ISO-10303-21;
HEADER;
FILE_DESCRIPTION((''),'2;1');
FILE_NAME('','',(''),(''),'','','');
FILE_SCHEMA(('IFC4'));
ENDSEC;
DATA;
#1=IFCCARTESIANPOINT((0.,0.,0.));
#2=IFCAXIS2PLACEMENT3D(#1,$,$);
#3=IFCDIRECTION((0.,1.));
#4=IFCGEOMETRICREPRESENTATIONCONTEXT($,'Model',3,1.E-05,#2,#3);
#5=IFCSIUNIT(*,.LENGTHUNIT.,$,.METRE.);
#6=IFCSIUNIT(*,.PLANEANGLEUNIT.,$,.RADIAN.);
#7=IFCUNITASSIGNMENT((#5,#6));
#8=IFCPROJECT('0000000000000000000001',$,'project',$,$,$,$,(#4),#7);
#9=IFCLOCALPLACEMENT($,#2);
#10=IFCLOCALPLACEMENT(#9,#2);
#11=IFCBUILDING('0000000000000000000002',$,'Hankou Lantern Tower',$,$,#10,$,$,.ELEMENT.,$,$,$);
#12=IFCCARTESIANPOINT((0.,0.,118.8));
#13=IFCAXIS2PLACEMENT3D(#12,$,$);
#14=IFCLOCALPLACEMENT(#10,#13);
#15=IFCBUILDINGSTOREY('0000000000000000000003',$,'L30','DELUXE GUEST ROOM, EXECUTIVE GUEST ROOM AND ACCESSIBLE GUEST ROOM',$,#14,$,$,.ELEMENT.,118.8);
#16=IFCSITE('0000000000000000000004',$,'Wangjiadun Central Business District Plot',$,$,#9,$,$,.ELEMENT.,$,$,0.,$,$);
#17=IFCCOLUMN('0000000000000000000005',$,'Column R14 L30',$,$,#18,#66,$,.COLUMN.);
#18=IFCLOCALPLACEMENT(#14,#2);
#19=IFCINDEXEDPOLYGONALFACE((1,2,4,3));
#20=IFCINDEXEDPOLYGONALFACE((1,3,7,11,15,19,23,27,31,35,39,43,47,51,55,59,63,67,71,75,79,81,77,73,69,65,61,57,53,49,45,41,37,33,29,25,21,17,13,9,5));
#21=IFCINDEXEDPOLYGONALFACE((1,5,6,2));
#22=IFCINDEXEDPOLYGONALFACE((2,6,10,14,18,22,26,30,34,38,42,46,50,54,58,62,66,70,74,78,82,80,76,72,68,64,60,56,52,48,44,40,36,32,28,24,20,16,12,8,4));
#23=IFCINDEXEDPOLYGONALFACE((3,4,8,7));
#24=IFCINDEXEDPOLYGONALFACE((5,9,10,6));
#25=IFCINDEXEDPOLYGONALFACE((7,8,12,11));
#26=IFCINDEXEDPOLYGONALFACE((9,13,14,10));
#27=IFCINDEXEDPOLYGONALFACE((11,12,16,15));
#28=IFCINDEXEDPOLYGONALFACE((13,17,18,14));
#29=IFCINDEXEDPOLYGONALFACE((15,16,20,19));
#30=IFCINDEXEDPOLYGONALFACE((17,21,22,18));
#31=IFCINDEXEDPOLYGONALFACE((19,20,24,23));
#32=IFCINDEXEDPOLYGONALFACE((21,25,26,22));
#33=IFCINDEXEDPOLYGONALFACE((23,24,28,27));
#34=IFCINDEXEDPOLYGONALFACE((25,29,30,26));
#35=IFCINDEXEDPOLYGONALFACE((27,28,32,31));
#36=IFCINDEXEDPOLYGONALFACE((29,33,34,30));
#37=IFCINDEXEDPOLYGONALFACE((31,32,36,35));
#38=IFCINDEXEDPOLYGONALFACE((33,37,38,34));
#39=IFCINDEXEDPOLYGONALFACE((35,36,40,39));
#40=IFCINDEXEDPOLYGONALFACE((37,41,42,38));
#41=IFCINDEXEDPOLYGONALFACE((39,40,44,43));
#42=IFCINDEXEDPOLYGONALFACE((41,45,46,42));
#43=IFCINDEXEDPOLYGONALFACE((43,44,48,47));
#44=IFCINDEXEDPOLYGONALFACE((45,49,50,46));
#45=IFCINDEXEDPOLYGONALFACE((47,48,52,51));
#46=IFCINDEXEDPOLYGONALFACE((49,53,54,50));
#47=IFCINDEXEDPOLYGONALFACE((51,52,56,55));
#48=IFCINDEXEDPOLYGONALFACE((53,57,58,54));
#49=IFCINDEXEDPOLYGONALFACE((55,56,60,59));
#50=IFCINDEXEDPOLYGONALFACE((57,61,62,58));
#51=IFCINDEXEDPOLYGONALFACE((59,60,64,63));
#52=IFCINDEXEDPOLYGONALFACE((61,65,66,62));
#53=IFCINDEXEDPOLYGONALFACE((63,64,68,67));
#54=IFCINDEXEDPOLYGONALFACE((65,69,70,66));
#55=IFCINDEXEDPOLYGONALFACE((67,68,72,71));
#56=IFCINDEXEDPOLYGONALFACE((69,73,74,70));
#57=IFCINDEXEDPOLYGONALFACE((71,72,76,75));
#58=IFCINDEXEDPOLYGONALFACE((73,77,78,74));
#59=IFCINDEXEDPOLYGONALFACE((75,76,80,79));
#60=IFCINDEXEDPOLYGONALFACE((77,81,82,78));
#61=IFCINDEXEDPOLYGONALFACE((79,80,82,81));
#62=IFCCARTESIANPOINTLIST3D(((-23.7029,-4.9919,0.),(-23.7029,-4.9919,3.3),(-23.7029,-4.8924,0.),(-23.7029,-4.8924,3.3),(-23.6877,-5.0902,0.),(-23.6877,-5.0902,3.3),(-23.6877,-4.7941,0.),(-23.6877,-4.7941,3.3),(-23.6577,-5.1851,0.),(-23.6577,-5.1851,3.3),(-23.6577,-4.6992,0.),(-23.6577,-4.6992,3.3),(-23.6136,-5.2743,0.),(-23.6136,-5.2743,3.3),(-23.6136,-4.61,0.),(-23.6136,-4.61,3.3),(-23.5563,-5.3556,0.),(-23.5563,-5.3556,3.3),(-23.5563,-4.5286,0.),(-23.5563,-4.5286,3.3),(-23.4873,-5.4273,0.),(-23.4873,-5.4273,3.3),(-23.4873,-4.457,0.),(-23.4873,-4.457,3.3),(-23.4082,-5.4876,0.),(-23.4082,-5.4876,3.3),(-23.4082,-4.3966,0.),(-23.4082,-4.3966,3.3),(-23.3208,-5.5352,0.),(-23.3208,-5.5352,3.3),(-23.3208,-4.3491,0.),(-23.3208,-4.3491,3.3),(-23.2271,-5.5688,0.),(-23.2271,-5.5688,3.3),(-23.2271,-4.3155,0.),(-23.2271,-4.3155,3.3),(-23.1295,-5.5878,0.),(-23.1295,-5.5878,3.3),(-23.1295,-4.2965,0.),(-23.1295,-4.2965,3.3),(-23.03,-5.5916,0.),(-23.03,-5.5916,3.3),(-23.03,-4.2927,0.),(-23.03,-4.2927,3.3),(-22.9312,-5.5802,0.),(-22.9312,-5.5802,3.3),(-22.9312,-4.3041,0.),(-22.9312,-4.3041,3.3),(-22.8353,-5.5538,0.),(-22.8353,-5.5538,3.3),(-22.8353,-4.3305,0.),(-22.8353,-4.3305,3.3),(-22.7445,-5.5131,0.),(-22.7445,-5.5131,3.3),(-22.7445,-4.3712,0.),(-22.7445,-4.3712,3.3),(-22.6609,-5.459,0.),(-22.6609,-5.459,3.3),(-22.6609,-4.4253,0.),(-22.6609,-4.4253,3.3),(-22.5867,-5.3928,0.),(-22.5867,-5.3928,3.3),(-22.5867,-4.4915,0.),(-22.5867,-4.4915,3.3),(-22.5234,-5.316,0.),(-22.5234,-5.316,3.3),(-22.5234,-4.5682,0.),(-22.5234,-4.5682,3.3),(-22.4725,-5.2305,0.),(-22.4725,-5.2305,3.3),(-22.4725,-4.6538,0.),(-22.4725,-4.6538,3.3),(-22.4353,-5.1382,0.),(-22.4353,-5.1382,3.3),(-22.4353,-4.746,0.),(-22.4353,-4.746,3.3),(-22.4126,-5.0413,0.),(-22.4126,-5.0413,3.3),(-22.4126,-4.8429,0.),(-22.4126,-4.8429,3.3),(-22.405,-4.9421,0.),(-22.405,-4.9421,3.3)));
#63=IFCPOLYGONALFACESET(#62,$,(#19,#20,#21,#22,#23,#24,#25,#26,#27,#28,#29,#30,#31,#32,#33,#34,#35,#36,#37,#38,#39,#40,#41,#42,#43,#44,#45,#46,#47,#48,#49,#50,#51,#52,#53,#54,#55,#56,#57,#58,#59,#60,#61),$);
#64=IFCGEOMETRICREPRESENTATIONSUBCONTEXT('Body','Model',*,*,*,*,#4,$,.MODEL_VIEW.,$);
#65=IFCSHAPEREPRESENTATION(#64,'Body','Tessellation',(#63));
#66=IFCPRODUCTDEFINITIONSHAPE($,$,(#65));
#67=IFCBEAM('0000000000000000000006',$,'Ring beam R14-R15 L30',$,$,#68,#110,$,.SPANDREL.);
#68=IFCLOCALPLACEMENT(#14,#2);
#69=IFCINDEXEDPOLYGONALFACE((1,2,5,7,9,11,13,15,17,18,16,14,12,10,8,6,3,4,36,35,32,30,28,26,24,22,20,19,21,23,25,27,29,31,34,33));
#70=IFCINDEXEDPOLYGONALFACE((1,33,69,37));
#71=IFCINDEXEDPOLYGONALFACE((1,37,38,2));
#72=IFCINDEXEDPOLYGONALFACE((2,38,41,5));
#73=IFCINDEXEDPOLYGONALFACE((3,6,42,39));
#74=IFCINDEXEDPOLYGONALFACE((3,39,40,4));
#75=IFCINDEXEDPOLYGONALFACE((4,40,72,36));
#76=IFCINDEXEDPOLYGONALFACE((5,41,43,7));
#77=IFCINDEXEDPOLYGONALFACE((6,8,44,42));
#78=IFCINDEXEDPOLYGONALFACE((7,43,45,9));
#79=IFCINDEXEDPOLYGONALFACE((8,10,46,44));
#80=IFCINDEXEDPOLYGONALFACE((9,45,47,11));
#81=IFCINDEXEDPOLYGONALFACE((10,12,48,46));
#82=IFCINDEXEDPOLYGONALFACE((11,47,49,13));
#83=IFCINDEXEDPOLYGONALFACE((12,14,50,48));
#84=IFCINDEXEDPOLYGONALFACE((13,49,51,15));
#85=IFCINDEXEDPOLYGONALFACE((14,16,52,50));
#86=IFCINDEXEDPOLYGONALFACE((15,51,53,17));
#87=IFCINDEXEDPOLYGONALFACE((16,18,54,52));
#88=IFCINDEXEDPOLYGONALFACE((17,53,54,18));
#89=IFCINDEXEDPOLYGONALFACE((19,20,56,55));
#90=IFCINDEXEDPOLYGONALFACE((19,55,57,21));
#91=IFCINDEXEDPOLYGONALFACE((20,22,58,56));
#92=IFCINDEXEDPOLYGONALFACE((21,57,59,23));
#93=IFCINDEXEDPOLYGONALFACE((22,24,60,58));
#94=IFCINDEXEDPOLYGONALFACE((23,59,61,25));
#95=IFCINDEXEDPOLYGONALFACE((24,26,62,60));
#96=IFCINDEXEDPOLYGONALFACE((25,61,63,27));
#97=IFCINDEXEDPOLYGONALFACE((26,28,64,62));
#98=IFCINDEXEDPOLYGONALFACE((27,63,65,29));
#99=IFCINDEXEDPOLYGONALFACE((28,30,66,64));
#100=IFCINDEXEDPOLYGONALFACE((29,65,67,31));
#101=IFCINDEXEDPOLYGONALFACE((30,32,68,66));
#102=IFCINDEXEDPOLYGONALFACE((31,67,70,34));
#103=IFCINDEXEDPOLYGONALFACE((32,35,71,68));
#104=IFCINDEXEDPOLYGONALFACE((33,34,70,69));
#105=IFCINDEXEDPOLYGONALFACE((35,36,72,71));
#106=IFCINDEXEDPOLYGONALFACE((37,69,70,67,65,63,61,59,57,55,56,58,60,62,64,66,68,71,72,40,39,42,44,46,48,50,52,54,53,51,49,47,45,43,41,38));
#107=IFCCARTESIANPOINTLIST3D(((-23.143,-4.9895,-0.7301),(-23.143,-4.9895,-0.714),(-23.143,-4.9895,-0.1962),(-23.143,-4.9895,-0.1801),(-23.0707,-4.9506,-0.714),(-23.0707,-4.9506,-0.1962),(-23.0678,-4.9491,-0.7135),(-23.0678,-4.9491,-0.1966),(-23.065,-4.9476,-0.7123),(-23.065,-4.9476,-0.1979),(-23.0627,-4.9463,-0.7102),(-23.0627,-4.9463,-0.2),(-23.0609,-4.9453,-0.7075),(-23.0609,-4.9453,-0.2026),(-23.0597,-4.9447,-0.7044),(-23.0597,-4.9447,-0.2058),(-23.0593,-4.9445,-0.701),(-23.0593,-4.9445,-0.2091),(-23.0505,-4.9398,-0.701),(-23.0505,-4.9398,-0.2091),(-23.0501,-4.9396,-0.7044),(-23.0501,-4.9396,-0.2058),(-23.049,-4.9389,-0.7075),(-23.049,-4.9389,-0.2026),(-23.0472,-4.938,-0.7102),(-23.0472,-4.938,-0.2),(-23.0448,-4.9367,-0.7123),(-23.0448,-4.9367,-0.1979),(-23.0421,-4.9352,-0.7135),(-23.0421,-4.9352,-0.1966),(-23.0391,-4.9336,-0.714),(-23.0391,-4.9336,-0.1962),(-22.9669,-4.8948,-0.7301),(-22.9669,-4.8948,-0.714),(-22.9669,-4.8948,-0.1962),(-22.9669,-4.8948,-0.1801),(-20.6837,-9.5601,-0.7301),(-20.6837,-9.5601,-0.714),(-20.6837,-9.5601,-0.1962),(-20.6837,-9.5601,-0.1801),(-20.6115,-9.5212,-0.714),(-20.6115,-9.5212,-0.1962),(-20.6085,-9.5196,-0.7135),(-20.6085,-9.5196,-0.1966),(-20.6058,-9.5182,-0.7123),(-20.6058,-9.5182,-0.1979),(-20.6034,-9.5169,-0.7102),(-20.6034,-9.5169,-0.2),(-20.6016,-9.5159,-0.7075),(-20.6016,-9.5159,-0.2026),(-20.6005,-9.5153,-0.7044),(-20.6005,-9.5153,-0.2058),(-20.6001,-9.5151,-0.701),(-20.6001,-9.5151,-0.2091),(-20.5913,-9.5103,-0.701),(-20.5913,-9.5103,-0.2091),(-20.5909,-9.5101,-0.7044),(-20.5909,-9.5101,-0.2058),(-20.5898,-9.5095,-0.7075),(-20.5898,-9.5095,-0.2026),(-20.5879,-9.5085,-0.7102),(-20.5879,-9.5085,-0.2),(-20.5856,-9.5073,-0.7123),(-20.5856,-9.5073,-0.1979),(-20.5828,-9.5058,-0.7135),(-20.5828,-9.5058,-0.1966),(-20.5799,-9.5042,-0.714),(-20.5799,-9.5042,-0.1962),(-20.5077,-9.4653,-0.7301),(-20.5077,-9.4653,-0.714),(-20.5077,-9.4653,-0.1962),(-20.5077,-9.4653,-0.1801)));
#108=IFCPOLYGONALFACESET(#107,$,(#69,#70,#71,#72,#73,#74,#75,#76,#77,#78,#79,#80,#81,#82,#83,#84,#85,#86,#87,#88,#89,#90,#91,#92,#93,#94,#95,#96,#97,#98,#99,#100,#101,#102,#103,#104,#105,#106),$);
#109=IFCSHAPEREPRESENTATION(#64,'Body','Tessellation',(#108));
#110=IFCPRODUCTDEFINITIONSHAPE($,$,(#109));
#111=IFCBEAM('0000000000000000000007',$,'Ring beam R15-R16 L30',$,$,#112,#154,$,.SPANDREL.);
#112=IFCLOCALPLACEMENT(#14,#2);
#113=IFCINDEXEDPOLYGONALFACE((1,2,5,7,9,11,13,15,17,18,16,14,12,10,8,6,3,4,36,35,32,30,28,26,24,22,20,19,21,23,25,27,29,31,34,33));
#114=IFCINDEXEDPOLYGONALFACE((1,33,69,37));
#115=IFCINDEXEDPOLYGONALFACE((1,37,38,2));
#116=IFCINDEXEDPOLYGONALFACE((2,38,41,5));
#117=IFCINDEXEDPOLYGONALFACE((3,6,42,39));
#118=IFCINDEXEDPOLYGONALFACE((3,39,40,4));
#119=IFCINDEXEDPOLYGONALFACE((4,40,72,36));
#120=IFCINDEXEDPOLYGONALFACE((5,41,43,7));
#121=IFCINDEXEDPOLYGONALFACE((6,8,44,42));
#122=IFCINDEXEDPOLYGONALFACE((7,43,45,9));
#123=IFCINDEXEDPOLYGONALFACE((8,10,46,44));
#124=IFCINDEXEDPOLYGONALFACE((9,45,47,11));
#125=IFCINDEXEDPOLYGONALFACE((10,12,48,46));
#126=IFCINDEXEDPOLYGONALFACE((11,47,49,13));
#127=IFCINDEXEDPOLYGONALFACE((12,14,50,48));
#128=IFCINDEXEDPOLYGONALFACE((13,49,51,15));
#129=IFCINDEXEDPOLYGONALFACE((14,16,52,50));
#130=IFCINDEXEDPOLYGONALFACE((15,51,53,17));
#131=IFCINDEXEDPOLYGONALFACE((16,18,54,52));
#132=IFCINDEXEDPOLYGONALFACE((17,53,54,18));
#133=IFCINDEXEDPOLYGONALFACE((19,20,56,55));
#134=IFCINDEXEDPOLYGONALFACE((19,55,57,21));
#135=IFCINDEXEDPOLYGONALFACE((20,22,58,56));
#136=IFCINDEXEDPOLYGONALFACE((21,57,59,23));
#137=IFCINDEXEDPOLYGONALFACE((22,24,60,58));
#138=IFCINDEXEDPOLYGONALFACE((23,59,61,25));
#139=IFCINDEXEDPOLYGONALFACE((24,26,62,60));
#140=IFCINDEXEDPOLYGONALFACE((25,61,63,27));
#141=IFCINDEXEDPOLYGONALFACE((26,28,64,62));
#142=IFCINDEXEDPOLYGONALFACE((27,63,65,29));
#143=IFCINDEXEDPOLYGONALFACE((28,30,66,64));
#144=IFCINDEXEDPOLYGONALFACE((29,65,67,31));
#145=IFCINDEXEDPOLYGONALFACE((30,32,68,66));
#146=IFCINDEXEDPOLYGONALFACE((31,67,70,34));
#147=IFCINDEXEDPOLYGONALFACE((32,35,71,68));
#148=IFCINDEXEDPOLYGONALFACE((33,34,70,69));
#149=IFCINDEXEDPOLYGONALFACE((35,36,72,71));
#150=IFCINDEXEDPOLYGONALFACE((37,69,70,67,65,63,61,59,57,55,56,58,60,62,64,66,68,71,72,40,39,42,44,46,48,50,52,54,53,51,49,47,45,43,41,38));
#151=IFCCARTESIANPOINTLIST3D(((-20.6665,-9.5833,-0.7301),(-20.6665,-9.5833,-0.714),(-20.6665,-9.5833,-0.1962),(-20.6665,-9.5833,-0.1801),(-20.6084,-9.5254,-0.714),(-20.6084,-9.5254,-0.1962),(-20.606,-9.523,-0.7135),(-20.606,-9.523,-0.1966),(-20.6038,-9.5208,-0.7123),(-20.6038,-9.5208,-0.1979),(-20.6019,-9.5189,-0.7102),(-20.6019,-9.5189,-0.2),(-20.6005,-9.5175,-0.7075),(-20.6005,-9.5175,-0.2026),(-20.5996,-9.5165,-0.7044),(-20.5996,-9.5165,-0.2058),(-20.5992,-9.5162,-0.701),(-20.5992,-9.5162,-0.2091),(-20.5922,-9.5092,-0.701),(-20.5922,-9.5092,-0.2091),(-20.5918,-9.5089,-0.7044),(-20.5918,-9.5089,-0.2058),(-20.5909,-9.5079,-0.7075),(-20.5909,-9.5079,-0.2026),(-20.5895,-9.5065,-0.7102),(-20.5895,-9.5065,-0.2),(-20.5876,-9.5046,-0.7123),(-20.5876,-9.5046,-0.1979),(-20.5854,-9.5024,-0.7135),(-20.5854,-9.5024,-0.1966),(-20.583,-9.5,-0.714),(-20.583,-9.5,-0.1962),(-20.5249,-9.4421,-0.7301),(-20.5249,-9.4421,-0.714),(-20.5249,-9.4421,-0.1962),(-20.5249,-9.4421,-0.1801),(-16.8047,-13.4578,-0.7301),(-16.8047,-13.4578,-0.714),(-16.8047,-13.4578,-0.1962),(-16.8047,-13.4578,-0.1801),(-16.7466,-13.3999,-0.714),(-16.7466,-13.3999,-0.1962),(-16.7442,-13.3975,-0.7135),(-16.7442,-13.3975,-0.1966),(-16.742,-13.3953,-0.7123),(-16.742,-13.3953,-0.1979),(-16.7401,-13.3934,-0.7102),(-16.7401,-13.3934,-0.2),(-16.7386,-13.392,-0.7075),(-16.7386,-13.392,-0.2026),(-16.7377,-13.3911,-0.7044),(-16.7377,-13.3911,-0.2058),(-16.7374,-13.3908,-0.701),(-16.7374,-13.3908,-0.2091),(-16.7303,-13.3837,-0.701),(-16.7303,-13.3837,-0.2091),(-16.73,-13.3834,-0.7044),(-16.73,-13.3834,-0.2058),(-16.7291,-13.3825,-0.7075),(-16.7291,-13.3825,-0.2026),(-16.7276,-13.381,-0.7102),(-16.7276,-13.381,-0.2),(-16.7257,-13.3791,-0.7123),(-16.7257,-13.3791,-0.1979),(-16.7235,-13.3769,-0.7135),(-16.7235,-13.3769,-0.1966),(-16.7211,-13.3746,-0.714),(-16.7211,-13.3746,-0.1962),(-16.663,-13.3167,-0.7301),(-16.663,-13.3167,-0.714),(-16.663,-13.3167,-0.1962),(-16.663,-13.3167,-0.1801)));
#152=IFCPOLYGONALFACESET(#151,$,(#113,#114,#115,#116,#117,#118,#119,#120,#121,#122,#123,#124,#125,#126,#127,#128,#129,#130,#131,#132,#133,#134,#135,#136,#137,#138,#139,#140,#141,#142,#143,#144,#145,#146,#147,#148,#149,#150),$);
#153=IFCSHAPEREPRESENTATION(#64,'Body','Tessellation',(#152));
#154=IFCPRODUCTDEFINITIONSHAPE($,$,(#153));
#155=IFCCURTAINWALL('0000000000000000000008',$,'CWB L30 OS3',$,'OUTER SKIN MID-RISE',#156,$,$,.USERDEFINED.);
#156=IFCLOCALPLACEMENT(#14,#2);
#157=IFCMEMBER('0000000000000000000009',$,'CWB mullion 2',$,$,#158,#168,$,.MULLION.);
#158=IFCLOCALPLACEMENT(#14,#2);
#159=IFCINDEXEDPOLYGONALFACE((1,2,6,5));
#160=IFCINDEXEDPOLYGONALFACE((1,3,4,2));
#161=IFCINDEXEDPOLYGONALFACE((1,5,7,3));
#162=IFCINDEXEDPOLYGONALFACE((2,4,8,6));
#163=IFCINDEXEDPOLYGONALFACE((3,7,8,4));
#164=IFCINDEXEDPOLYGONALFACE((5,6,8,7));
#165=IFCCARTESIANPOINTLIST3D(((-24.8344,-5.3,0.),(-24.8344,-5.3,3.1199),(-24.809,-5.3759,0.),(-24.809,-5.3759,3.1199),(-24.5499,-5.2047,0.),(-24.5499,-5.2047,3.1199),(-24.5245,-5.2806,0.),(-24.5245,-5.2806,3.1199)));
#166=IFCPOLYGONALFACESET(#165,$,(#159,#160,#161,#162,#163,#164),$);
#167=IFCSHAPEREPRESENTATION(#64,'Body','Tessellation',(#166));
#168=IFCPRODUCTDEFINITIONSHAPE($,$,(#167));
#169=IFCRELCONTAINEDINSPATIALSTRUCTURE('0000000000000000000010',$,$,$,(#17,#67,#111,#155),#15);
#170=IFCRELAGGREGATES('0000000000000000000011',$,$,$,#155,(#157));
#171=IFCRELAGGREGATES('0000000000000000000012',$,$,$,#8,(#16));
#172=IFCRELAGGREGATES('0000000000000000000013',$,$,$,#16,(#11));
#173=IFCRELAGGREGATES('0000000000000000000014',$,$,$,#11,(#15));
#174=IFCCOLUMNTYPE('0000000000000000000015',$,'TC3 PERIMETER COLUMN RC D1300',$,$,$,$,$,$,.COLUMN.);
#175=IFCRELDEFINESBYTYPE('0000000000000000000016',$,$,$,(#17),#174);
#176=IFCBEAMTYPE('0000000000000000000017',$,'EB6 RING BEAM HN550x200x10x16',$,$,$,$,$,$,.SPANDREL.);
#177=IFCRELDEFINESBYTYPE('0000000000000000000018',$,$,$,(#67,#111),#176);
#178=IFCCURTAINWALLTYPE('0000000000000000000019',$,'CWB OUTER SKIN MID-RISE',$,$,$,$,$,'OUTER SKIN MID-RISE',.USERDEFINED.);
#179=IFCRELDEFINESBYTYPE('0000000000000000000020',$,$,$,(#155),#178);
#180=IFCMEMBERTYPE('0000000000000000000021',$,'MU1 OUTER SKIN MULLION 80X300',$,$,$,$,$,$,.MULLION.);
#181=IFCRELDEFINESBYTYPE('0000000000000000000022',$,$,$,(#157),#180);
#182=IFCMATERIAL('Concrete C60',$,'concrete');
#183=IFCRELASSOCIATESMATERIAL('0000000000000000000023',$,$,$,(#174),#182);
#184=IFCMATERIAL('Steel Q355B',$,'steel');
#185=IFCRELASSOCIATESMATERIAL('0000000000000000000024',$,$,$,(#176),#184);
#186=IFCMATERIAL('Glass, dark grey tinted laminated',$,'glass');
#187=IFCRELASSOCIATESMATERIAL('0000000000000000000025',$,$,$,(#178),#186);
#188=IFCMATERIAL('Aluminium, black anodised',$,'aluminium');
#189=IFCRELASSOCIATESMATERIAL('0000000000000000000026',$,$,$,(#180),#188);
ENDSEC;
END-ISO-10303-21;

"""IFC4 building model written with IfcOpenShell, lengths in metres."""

from ifc_helpers import new_model, si_unit, direction, frame, origin, origin_2d, place, context, subcontext, project, spatial, rectangle, circle, i_section, extrude, material, material_profile, profile_set, type_object, element, aggregate, save


model = new_model("IFC4")

# Units and contexts
model_context = context("Model", 3, precision=1e-05, world=origin(), true_north=direction((0.0, 1.0)))
body_context = subcontext(model_context, "Body", "Model", "MODEL_VIEW")
ifc_project = project(units=[si_unit("LENGTHUNIT", "METRE"), si_unit("PLANEANGLEUNIT", "RADIAN")], contexts=[model_context])

# Site, building, storey
site_placement = place(None, origin())
site = spatial("IfcSite", under=ifc_project, at=site_placement, Name="Wangjiadun Central Business District Plot", CompositionType="ELEMENT", RefElevation=0.0)
building_placement = place(site_placement, origin())
building = spatial("IfcBuilding", under=site, at=building_placement, Name="Hankou Lantern Tower", CompositionType="ELEMENT")
storey_placement = place(building_placement, frame((0.0, 0.0, 118.8)))
storey = spatial("IfcBuildingStorey", under=building, at=storey_placement, Name="L30", Description="DELUXE GUEST ROOM, EXECUTIVE GUEST ROOM AND ACCESSIBLE GUEST ROOM", CompositionType="ELEMENT", Elevation=118.8)

# Column
ifc_material_1 = material(Name="Concrete C60", Category="concrete")
ifc_material_profile_1 = material_profile(ifc_material_1, circle(Radius=0.6499, at=origin_2d()), Name="RC D1300")
ifc_profile_set_1 = profile_set([ifc_material_profile_1], Name="Concrete C60")
column_type = type_object("IfcColumnType", Name="TC3 PERIMETER COLUMN RC D1300", PredefinedType="COLUMN", material=ifc_profile_set_1)
column_placement = place(storey_placement, frame((-23.0549, -4.9421, 0.0), z_axis=(0.0, 0.0, 1.0), x_axis=(1.0, 0.0, 0.0)))
element("IfcColumn", 1, at=column_placement, inside=storey, type_object=column_type, Name="Column R14 L30", PredefinedType="COLUMN", context=body_context, shape_type="SweptSolid", body=[
    extrude(circle(Radius=0.6499, at=origin_2d()), origin(), (0.0, 0.0, 1.0), 3.3),
])

# Beams
ifc_material_2 = material(Name="Steel Q355B", Category="steel")
ifc_material_profile_2 = material_profile(ifc_material_2, i_section(OverallWidth=0.2, OverallDepth=0.55, WebThickness=0.01, FlangeThickness=0.0161, FilletRadius=0.0129, at=origin_2d()), Name="HN550x200x10x16")
ifc_profile_set_2 = profile_set([ifc_material_profile_2], Name="Steel Q355B")
beam_type_1 = type_object("IfcBeamType", Name="EB6 RING BEAM HN550x200x10x16", PredefinedType="SPANDREL", material=ifc_profile_set_2)
beam_1_placement = place(storey_placement, frame((-23.0549, -4.9421, -0.4551), z_axis=(0.473825, -0.880619, 0.0), x_axis=(0.880619, 0.473825, 0.0)))
element("IfcBeam", 2, at=beam_1_placement, inside=storey, type_object=beam_type_1, Name="Ring beam R14-R15 L30", PredefinedType="SPANDREL", context=body_context, shape_type="SweptSolid", body=[
    extrude(i_section(OverallWidth=0.2, OverallDepth=0.55, WebThickness=0.01, FlangeThickness=0.0161, FilletRadius=0.0129, at=origin_2d()), origin(), (0.0, 0.0, 1.0), 5.1902),
])
beam_2_placement = place(storey_placement, frame((-20.5957, -9.5127, -0.4551), z_axis=(0.705945, -0.708266, 0.0), x_axis=(0.708266, 0.705945, 0.0)))
element("IfcBeam", 3, at=beam_2_placement, inside=storey, type_object=beam_type_1, Name="Ring beam R15-R16 L30", PredefinedType="SPANDREL", context=body_context, shape_type="SweptSolid", body=[
    extrude(i_section(OverallWidth=0.2, OverallDepth=0.55, WebThickness=0.01, FlangeThickness=0.0161, FilletRadius=0.0129, at=origin_2d()), origin(), (0.0, 0.0, 1.0), 5.4705),
])

# Curtain wall, member
ifc_material_3 = material(Name="Glass, dark grey tinted laminated", Category="glass")
curtain_wall_type = type_object("IfcCurtainWallType", Name="CWB OUTER SKIN MID-RISE", ElementType="OUTER SKIN MID-RISE", PredefinedType="USERDEFINED", material=ifc_material_3)
curtain_wall_placement = place(storey_placement, origin())
curtain_wall = element("IfcCurtainWall", 4, at=curtain_wall_placement, inside=storey, type_object=curtain_wall_type, Name="CWB L30 OS3", ObjectType="OUTER SKIN MID-RISE", PredefinedType="USERDEFINED")
ifc_material_4 = material(Name="Aluminium, black anodised", Category="aluminium")
ifc_material_profile_3 = material_profile(ifc_material_4, rectangle(XDim=0.0801, YDim=0.3, at=origin_2d()), Name="MU1 80X300")
ifc_profile_set_3 = profile_set([ifc_material_profile_3], Name="Aluminium, black anodised")
member_type_1 = type_object("IfcMemberType", Name="MU1 OUTER SKIN MULLION 80X300", PredefinedType="MULLION", material=ifc_profile_set_3)
member_1_placement = place(storey_placement, frame((-24.6794, -5.2903, 0.0), z_axis=(0.0, 0.0, 1.0), x_axis=(0.317596, -0.948226, 0.0)))
member_1 = element("IfcMember", 5, at=member_1_placement, type_object=member_type_1, Name="CWB mullion 2", PredefinedType="MULLION", context=body_context, shape_type="SweptSolid", body=[
    extrude(rectangle(XDim=0.0801, YDim=0.3, at=origin_2d()), origin(), (0.0, 0.0, 1.0), 3.1199),
])

aggregate(curtain_wall, [member_1])

save(model, "model.ifc")
